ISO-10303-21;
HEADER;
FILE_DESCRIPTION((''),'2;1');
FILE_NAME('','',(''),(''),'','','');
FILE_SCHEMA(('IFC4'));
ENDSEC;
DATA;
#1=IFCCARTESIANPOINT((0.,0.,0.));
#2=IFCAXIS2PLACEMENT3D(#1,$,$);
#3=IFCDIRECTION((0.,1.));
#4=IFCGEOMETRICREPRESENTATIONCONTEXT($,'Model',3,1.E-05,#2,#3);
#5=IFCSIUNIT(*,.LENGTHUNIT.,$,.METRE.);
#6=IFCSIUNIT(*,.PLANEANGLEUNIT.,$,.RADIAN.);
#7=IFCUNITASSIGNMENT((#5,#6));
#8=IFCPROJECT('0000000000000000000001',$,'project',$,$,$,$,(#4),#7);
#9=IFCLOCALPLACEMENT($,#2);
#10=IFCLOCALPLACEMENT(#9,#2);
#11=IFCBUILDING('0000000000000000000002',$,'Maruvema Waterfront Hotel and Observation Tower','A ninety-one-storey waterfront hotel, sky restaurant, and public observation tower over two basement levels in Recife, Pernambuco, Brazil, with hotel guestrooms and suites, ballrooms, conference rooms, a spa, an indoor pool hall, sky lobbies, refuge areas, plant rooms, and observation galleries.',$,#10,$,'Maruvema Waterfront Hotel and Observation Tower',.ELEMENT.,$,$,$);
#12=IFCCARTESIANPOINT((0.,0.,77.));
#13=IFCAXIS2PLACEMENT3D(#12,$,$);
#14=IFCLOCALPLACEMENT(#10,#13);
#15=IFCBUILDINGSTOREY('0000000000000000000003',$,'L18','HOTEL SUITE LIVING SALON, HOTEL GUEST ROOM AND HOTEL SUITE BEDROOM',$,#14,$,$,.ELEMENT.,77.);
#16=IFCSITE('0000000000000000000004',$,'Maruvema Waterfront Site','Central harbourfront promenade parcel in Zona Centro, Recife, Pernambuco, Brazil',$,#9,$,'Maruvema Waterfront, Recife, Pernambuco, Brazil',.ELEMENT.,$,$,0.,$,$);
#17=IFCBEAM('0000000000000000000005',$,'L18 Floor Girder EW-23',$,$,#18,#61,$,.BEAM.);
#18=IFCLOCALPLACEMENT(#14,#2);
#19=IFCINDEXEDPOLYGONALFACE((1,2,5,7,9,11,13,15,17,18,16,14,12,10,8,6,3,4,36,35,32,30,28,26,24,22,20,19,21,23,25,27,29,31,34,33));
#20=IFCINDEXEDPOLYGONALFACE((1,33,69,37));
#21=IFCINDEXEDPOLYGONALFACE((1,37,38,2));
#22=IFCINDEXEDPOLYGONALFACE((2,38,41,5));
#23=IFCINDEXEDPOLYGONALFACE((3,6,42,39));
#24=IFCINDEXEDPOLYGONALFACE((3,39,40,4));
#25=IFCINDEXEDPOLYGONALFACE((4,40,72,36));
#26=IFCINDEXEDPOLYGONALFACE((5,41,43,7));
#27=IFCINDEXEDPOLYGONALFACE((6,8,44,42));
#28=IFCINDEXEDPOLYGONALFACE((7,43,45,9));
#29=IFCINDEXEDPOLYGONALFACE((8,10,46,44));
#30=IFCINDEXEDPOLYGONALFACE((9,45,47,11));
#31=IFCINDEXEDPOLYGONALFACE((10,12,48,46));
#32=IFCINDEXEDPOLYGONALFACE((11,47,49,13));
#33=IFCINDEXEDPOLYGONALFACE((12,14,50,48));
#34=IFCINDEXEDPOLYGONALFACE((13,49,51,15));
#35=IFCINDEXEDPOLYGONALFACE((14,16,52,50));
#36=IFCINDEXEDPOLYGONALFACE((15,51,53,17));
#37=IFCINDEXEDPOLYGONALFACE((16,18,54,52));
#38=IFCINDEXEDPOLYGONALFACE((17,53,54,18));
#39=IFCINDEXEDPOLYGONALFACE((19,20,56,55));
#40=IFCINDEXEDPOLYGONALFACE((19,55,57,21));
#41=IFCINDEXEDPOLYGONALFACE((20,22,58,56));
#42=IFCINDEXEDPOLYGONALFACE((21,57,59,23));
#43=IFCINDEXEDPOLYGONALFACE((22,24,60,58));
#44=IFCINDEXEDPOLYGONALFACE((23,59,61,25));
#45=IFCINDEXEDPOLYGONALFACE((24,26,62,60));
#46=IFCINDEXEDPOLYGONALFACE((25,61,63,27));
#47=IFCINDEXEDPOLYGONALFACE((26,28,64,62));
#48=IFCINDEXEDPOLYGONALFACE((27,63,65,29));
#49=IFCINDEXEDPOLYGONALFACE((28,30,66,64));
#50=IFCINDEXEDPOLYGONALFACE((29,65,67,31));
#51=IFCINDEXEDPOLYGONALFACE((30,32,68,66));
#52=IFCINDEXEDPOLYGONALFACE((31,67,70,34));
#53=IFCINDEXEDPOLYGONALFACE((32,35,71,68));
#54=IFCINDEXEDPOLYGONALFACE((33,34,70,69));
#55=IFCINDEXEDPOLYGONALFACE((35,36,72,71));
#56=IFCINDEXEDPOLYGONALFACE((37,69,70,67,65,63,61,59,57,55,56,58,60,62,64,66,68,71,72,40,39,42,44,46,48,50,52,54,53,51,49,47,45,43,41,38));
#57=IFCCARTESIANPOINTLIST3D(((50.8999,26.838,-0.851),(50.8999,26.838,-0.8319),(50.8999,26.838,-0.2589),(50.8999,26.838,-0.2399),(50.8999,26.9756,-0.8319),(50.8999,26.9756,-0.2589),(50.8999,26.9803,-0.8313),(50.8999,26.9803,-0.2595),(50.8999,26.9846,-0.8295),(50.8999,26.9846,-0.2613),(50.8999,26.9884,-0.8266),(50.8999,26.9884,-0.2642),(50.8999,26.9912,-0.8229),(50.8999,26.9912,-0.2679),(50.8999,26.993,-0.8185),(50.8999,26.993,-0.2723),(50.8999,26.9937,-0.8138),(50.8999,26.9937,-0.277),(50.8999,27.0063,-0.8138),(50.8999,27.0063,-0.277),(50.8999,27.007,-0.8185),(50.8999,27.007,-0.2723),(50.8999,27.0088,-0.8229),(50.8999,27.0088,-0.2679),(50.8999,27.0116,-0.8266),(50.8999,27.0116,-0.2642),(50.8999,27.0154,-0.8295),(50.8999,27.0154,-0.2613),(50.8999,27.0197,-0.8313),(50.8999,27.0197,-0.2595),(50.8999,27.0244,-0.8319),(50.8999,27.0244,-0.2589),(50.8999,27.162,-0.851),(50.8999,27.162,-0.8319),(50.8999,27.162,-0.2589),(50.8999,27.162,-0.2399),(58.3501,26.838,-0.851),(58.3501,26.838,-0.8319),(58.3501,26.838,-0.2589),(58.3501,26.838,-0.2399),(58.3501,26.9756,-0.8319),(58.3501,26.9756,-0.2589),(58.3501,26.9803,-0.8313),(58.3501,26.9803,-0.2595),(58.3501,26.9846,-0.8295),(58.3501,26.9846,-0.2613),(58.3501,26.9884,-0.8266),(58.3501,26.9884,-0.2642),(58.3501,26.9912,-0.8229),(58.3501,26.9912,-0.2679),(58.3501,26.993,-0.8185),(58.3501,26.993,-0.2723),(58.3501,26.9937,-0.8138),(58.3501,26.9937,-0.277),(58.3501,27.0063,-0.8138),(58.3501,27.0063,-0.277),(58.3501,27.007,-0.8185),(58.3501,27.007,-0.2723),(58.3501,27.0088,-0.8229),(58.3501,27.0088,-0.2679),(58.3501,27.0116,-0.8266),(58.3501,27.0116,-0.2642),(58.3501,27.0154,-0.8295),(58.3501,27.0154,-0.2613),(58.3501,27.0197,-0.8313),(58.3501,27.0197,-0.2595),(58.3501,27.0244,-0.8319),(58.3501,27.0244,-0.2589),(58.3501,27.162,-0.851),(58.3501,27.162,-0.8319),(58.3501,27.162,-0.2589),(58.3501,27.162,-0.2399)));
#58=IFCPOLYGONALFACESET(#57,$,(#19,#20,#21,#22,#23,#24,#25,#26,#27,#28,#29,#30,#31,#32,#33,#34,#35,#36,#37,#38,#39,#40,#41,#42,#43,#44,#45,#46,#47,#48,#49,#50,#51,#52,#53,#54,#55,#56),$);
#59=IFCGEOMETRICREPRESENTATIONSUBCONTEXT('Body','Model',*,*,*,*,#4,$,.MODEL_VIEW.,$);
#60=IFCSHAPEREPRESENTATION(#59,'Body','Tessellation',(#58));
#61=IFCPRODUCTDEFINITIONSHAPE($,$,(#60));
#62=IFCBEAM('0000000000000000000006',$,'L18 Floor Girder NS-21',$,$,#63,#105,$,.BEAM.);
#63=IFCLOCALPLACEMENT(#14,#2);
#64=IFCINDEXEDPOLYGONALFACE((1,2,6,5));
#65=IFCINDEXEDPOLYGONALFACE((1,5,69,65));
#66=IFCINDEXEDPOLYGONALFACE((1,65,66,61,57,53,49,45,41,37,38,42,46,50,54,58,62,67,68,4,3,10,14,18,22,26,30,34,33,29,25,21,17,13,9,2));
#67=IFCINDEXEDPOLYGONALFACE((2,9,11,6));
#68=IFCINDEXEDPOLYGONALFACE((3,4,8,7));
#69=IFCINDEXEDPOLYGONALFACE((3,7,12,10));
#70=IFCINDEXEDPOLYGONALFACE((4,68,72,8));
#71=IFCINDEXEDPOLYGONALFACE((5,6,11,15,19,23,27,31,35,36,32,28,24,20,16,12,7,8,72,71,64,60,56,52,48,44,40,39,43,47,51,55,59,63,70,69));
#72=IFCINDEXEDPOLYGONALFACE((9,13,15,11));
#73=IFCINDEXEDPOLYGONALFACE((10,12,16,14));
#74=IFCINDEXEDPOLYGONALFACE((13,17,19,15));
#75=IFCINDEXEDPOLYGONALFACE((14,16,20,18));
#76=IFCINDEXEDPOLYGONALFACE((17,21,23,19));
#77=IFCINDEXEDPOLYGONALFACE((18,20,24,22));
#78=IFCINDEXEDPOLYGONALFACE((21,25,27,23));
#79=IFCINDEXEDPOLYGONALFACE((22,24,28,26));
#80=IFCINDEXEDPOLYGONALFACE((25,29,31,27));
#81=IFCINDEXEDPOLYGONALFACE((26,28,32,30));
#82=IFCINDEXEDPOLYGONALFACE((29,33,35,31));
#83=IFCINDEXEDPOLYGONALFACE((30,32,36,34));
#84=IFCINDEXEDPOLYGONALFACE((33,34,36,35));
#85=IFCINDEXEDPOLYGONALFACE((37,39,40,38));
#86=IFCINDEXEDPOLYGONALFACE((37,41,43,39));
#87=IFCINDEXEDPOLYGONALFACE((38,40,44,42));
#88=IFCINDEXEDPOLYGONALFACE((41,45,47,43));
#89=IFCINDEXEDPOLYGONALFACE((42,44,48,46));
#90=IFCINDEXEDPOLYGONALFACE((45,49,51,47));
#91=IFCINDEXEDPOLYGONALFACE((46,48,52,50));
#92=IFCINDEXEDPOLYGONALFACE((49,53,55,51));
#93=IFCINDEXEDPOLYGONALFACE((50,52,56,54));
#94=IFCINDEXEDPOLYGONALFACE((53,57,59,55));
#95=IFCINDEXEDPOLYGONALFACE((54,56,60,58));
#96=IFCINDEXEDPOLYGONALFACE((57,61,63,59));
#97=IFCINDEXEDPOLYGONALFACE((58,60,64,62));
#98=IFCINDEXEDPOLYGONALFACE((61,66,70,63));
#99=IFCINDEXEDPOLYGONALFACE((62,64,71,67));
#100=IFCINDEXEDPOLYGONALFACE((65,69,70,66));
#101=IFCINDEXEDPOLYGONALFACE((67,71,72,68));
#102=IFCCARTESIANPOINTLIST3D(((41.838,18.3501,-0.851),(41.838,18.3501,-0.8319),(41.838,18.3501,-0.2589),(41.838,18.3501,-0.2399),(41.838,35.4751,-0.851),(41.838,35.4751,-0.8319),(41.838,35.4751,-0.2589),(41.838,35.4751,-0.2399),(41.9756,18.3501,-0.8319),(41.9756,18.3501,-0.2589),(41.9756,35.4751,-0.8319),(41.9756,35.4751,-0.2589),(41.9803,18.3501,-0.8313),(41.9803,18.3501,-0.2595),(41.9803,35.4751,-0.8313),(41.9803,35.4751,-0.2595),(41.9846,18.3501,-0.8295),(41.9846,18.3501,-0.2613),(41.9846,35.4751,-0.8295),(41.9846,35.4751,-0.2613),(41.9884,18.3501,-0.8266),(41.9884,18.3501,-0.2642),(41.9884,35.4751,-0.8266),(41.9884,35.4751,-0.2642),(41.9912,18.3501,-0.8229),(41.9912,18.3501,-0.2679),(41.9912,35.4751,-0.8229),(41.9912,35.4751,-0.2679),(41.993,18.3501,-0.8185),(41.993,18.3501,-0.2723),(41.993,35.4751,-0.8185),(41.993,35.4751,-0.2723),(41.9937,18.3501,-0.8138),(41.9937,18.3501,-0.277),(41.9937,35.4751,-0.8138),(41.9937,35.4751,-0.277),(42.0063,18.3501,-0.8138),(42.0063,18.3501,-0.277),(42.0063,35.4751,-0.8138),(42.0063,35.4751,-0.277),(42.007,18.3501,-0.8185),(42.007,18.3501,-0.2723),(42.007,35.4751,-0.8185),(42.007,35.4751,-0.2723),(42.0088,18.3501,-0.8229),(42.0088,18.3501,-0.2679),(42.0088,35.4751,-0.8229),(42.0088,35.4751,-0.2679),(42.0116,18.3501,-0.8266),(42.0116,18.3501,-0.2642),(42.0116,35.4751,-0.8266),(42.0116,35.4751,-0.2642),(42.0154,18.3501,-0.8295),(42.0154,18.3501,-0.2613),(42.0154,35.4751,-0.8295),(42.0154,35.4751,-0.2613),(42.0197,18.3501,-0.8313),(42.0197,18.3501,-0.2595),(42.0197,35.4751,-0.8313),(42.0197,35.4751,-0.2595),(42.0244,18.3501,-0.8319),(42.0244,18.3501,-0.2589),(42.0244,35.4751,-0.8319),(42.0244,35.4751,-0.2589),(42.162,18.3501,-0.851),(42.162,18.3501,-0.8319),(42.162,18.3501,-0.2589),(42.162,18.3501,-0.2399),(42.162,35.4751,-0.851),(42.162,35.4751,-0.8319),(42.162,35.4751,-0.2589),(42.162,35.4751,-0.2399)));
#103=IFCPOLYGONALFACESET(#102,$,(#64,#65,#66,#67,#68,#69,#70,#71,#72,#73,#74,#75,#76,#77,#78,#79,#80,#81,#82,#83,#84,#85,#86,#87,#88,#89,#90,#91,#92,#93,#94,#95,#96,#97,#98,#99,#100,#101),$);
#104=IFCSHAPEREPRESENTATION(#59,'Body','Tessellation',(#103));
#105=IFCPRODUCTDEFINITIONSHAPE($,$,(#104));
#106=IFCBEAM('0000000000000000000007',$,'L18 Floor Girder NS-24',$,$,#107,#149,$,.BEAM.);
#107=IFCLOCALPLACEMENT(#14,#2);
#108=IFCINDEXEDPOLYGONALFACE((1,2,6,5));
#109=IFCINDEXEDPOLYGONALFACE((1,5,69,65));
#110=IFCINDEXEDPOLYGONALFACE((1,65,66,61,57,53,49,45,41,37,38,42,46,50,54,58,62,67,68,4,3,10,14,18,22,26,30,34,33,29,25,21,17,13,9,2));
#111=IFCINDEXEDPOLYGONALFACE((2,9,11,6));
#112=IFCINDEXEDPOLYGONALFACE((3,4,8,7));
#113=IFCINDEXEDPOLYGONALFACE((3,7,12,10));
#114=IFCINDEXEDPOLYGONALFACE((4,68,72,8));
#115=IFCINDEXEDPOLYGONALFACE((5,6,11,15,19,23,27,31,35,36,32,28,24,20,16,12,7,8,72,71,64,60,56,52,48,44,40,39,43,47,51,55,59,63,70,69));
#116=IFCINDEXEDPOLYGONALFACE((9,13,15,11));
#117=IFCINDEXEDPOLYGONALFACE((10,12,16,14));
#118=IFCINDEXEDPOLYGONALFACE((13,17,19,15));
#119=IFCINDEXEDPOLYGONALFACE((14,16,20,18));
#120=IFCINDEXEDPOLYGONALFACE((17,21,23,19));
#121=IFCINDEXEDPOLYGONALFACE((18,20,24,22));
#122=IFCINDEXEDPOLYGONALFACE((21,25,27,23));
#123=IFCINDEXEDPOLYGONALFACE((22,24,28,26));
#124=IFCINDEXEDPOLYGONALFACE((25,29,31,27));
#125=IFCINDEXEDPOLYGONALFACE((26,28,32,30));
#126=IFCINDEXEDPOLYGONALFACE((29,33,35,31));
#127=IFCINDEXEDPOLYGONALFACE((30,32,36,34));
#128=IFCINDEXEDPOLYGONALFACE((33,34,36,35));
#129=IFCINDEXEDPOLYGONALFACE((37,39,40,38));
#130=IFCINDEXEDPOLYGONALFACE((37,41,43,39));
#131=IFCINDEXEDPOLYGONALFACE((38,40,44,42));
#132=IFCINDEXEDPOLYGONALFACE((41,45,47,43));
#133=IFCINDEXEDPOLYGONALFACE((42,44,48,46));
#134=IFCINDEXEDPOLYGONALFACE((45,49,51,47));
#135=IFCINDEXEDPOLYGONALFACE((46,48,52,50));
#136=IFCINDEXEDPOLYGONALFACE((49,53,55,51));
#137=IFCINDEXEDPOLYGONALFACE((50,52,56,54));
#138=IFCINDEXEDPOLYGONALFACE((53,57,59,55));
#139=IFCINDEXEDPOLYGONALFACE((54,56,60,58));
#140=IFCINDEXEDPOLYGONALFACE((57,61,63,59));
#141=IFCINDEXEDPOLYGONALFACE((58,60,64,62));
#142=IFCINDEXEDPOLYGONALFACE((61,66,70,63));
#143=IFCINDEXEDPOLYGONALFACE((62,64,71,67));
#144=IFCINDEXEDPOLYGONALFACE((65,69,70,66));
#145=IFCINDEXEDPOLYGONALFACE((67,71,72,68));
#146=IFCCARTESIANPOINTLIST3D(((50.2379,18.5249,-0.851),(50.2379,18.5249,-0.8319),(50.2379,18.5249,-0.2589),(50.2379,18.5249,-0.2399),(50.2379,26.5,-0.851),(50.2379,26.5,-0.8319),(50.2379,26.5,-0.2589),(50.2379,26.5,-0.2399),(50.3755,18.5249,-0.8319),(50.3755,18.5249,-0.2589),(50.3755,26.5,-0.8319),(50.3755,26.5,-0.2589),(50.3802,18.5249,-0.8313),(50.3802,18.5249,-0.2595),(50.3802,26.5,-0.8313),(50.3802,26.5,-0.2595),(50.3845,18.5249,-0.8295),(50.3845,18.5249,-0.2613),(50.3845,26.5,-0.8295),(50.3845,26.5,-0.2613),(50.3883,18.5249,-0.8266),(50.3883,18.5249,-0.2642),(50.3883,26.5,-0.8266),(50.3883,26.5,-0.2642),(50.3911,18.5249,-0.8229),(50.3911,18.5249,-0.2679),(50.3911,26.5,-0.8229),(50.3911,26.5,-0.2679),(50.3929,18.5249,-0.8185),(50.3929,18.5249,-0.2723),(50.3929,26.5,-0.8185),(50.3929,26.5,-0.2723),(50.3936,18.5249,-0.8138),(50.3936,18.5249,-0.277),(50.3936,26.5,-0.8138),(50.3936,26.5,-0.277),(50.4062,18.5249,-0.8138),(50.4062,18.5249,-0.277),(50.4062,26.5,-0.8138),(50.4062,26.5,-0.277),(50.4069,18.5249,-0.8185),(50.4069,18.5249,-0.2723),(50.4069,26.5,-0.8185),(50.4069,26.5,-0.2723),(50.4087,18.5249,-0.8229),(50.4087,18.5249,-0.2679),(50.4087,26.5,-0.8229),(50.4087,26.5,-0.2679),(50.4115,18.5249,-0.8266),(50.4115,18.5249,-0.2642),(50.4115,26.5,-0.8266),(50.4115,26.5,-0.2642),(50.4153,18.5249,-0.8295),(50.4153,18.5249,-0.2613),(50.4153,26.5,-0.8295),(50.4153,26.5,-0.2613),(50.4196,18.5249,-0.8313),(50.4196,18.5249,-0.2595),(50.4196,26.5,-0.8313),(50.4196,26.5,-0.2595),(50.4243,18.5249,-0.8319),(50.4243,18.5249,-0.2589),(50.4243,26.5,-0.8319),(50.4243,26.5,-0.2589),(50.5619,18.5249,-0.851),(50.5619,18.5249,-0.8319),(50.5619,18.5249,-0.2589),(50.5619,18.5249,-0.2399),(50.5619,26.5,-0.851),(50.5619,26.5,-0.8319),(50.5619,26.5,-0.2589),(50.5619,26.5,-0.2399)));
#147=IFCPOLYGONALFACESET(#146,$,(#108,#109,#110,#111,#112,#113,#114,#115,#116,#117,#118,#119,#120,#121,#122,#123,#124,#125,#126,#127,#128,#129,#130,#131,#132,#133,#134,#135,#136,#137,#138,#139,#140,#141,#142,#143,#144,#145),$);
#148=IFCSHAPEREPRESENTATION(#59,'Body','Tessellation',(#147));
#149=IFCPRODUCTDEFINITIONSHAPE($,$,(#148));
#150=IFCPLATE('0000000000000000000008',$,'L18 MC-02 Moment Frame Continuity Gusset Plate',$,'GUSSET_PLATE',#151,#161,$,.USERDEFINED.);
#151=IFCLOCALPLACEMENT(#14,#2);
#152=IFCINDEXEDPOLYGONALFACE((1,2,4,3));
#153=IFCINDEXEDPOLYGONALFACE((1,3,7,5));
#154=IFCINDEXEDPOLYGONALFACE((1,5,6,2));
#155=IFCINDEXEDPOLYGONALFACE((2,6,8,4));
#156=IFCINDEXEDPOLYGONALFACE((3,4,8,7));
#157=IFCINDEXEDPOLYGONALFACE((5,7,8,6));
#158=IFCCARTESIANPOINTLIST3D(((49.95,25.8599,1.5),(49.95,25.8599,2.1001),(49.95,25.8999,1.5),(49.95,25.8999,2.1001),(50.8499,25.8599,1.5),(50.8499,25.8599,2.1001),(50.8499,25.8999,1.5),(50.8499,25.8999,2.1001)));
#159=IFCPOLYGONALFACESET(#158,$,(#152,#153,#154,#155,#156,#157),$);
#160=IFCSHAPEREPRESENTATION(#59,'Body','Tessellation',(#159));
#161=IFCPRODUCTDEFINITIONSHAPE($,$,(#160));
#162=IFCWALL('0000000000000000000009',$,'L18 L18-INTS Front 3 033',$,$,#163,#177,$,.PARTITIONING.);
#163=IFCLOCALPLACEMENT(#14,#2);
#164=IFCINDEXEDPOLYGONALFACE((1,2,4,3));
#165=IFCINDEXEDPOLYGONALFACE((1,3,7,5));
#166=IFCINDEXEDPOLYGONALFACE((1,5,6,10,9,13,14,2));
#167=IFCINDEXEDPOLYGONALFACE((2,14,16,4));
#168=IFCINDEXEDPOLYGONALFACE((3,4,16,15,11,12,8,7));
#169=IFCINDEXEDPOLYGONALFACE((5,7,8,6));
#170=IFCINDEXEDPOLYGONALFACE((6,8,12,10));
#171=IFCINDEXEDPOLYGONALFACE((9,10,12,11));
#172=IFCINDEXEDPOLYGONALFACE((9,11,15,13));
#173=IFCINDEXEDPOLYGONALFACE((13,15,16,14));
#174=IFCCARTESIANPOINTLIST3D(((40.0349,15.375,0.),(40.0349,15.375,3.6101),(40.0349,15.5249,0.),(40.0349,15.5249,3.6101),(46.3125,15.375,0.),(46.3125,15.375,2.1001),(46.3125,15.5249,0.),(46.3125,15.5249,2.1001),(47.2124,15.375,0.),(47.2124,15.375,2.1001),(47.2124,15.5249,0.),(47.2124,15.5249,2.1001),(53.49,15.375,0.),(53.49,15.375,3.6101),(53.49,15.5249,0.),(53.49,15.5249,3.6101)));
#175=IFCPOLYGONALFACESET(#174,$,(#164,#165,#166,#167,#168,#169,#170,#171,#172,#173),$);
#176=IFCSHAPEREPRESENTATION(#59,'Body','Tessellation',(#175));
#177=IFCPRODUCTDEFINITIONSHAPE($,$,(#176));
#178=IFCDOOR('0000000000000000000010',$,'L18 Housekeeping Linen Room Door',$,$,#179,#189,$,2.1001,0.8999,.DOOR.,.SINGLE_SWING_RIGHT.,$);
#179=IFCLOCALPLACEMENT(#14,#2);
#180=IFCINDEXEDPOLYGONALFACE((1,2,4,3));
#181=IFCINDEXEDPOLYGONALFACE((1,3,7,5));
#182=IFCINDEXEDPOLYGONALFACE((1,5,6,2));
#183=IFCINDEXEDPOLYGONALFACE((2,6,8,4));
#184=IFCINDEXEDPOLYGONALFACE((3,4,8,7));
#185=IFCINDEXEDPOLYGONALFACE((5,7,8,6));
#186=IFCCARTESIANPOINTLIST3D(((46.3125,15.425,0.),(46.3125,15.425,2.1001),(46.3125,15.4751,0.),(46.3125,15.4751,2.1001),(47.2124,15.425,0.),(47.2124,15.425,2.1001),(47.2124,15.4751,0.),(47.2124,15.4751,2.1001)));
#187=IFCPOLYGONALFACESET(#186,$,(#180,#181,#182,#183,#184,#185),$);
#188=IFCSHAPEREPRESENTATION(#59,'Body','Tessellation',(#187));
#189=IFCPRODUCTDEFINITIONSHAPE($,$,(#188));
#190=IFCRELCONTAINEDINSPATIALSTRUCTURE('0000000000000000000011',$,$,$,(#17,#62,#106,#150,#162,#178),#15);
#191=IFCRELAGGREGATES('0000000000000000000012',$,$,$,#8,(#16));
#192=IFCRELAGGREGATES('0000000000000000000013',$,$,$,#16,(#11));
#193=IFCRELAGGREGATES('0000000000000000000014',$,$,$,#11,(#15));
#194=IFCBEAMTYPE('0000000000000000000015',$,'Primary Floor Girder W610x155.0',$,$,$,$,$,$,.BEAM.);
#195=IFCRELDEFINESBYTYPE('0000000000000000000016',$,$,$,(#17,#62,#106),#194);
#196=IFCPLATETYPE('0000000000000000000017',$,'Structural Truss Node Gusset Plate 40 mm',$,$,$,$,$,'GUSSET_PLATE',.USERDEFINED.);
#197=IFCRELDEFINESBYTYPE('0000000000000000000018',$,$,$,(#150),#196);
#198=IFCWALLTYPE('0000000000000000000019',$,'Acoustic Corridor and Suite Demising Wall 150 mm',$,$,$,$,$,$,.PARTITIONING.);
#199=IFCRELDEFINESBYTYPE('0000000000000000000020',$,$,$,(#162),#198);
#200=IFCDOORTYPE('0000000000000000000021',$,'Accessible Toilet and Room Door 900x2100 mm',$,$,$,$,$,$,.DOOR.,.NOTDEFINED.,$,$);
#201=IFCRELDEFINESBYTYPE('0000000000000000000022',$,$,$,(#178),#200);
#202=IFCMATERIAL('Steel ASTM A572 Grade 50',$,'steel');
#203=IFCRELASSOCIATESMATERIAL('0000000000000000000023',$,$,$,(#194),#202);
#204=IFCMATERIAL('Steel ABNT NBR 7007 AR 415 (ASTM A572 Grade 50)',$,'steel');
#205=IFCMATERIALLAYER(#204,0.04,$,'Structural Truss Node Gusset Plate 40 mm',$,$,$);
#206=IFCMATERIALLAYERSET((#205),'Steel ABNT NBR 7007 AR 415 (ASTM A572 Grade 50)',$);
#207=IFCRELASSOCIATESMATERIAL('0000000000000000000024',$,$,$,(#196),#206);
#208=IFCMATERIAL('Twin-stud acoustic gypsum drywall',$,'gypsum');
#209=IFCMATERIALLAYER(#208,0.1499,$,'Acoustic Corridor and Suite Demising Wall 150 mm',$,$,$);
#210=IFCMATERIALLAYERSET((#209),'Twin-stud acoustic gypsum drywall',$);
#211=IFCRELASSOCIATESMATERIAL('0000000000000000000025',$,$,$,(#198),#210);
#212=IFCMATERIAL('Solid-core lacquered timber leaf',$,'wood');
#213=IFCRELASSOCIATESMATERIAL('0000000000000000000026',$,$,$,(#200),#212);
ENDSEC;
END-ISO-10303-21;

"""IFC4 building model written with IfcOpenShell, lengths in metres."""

from ifc_helpers import new_model, si_unit, direction, frame, frame_2d, origin, origin_2d, place, context, subcontext, project, spatial, rectangle, i_section, extrude, material, layer, layer_set, material_profile, profile_set, type_object, element, fill, save


model = new_model("IFC4")

# Units and contexts
model_context = context("Model", 3, precision=1e-05, world=origin(), true_north=direction((0.0, 1.0)))
body_context = subcontext(model_context, "Body", "Model", "MODEL_VIEW")
ifc_project = project(units=[si_unit("LENGTHUNIT", "METRE"), si_unit("PLANEANGLEUNIT", "RADIAN")], contexts=[model_context])

# Site, building, storey
site_placement = place(None, origin())
site = spatial("IfcSite", under=ifc_project, at=site_placement, Name="Maruvema Waterfront Site", Description="Central harbourfront promenade parcel in Zona Centro, Recife, Pernambuco, Brazil", LongName="Maruvema Waterfront, Recife, Pernambuco, Brazil", CompositionType="ELEMENT", RefElevation=0.0)
building_placement = place(site_placement, origin())
building = spatial("IfcBuilding", under=site, at=building_placement, Name="Maruvema Waterfront Hotel and Observation Tower", Description="A ninety-one-storey waterfront hotel, sky restaurant, and public observation tower over two basement levels in Recife, Pernambuco, Brazil, with hotel guestrooms and suites, ballrooms, conference rooms, a spa, an indoor pool hall, sky lobbies, refuge areas, plant rooms, and observation galleries.", LongName="Maruvema Waterfront Hotel and Observation Tower", CompositionType="ELEMENT")
storey_placement = place(building_placement, frame((0.0, 0.0, 77.0)))
storey = spatial("IfcBuildingStorey", under=building, at=storey_placement, Name="L18", Description="HOTEL SUITE LIVING SALON, HOTEL GUEST ROOM AND HOTEL SUITE BEDROOM", CompositionType="ELEMENT", Elevation=77.0)

# Beams
ifc_material_1 = material(Name="Steel ASTM A572 Grade 50", Category="steel")
ifc_material_profile_1 = material_profile(ifc_material_1, i_section(OverallWidth=0.324, OverallDepth=0.6111, WebThickness=0.0127, FlangeThickness=0.019, FilletRadius=0.0181, at=origin_2d()), Name="W610x155.0")
ifc_profile_set_1 = profile_set([ifc_material_profile_1], Name="Steel ASTM A572 Grade 50")
beam_type = type_object("IfcBeamType", Name="Primary Floor Girder W610x155.0", PredefinedType="BEAM", material=ifc_profile_set_1)
beam_1_placement = place(storey_placement, frame((50.8999, 27.0, -0.5454), z_axis=(1.0, 0.0, 0.0), x_axis=(0.0, 1.0, 0.0)))
element("IfcBeam", 1, at=beam_1_placement, inside=storey, type_object=beam_type, Name="L18 Floor Girder EW-23", PredefinedType="BEAM", context=body_context, shape_type="SweptSolid", body=[
    extrude(i_section(OverallWidth=0.324, OverallDepth=0.6111, WebThickness=0.0127, FlangeThickness=0.019, FilletRadius=0.0181, at=origin_2d()), origin(), (0.0, 0.0, 1.0), 7.4502),
])
beam_2_placement = place(storey_placement, frame((42.0, 18.3501, -0.5454), z_axis=(0.0, 1.0, 0.0), x_axis=(-1.0, 0.0, 0.0)))
element("IfcBeam", 2, at=beam_2_placement, inside=storey, type_object=beam_type, Name="L18 Floor Girder NS-21", PredefinedType="BEAM", context=body_context, shape_type="SweptSolid", body=[
    extrude(i_section(OverallWidth=0.324, OverallDepth=0.6111, WebThickness=0.0127, FlangeThickness=0.019, FilletRadius=0.0181, at=origin_2d()), origin(), (0.0, 0.0, 1.0), 17.125),
])
beam_3_placement = place(storey_placement, frame((50.3999, 18.5249, -0.5454), z_axis=(0.0, 1.0, 0.0), x_axis=(-1.0, 0.0, 0.0)))
element("IfcBeam", 3, at=beam_3_placement, inside=storey, type_object=beam_type, Name="L18 Floor Girder NS-24", PredefinedType="BEAM", context=body_context, shape_type="SweptSolid", body=[
    extrude(i_section(OverallWidth=0.324, OverallDepth=0.6111, WebThickness=0.0127, FlangeThickness=0.019, FilletRadius=0.0181, at=origin_2d()), origin(), (0.0, 0.0, 1.0), 7.9751),
])

# Plate
ifc_material_2 = material(Name="Steel ABNT NBR 7007 AR 415 (ASTM A572 Grade 50)", Category="steel")
ifc_layer_1 = layer(ifc_material_2, 0.04, Name="Structural Truss Node Gusset Plate 40 mm")
ifc_layer_set_1 = layer_set([ifc_layer_1], Name="Steel ABNT NBR 7007 AR 415 (ASTM A572 Grade 50)")
plate_type = type_object("IfcPlateType", Name="Structural Truss Node Gusset Plate 40 mm", ElementType="GUSSET_PLATE", PredefinedType="USERDEFINED", material=ifc_layer_set_1)
plate_placement = place(storey_placement, frame((50.3999, 25.8799, 1.5), z_axis=(0.0, 0.0, 1.0), x_axis=(1.0, 0.0, 0.0)))
element("IfcPlate", 4, at=plate_placement, inside=storey, type_object=plate_type, Name="L18 MC-02 Moment Frame Continuity Gusset Plate", ObjectType="GUSSET_PLATE", PredefinedType="USERDEFINED", context=body_context, shape_type="SweptSolid", body=[
    extrude(rectangle(XDim=0.8999, YDim=0.04, at=origin_2d()), origin(), (0.0, 0.0, 1.0), 0.6001),
])

# Wall, opening, door
ifc_material_3 = material(Name="Twin-stud acoustic gypsum drywall", Category="gypsum")
ifc_layer_2 = layer(ifc_material_3, 0.1499, Name="Acoustic Corridor and Suite Demising Wall 150 mm")
ifc_layer_set_2 = layer_set([ifc_layer_2], Name="Twin-stud acoustic gypsum drywall")
wall_type_1 = type_object("IfcWallType", Name="Acoustic Corridor and Suite Demising Wall 150 mm", PredefinedType="PARTITIONING", material=ifc_layer_set_2)
wall_1_placement = place(storey_placement, frame((40.0349, 15.45, 0.0), z_axis=(0.0, 0.0, 1.0), x_axis=(1.0, 0.0, 0.0)))
wall_1 = element("IfcWall", 5, at=wall_1_placement, inside=storey, type_object=wall_type_1, Name="L18 L18-INTS Front 3 033", PredefinedType="PARTITIONING", context=body_context, shape_type="SweptSolid", body=[
    extrude(rectangle(XDim=13.4551, YDim=0.1499, at=frame_2d((6.7275, 0.0))), origin(), (0.0, 0.0, 1.0), 3.6101),
])
opening_1_placement = place(wall_1_placement, frame((6.2776, 0.0, 0.0)))
opening_1 = element("IfcOpeningElement", 6, at=opening_1_placement, cuts=wall_1, PredefinedType="OPENING", context=body_context, shape_type="SweptSolid", body=[
    extrude(rectangle(XDim=0.8999, YDim=2.1001, at=frame_2d((0.45, 1.05))), frame((0.0, 0.085, 0.0), z_axis=(0.0, -1.0, 0.0), x_axis=(1.0, 0.0, 0.0)), (0.0, 0.0, 1.0), 0.1699),
])
ifc_material_4 = material(Name="Solid-core lacquered timber leaf", Category="wood")
door_type_1 = type_object("IfcDoorType", Name="Accessible Toilet and Room Door 900x2100 mm", OperationType="NOTDEFINED", PredefinedType="DOOR", material=ifc_material_4)
door_1_placement = place(opening_1_placement, frame((0.8999, 0.0, 0.0), z_axis=(0.0, 0.0, 1.0), x_axis=(-1.0, 0.0, 0.0)))
door_1 = element("IfcDoor", 7, at=door_1_placement, inside=storey, type_object=door_type_1, Name="L18 Housekeeping Linen Room Door", OperationType="SINGLE_SWING_RIGHT", OverallHeight=2.1001, OverallWidth=0.8999, PredefinedType="DOOR", context=body_context, shape_type="SweptSolid", body=[
    extrude(rectangle(XDim=0.8999, YDim=2.1001, at=frame_2d((0.45, 1.05))), frame((0.0, 0.0249, 0.0), z_axis=(0.0, -1.0, 0.0), x_axis=(1.0, 0.0, 0.0)), (0.0, 0.0, 1.0), 0.05),
])
fill(opening_1, door_1)

save(model, "model.ifc")
